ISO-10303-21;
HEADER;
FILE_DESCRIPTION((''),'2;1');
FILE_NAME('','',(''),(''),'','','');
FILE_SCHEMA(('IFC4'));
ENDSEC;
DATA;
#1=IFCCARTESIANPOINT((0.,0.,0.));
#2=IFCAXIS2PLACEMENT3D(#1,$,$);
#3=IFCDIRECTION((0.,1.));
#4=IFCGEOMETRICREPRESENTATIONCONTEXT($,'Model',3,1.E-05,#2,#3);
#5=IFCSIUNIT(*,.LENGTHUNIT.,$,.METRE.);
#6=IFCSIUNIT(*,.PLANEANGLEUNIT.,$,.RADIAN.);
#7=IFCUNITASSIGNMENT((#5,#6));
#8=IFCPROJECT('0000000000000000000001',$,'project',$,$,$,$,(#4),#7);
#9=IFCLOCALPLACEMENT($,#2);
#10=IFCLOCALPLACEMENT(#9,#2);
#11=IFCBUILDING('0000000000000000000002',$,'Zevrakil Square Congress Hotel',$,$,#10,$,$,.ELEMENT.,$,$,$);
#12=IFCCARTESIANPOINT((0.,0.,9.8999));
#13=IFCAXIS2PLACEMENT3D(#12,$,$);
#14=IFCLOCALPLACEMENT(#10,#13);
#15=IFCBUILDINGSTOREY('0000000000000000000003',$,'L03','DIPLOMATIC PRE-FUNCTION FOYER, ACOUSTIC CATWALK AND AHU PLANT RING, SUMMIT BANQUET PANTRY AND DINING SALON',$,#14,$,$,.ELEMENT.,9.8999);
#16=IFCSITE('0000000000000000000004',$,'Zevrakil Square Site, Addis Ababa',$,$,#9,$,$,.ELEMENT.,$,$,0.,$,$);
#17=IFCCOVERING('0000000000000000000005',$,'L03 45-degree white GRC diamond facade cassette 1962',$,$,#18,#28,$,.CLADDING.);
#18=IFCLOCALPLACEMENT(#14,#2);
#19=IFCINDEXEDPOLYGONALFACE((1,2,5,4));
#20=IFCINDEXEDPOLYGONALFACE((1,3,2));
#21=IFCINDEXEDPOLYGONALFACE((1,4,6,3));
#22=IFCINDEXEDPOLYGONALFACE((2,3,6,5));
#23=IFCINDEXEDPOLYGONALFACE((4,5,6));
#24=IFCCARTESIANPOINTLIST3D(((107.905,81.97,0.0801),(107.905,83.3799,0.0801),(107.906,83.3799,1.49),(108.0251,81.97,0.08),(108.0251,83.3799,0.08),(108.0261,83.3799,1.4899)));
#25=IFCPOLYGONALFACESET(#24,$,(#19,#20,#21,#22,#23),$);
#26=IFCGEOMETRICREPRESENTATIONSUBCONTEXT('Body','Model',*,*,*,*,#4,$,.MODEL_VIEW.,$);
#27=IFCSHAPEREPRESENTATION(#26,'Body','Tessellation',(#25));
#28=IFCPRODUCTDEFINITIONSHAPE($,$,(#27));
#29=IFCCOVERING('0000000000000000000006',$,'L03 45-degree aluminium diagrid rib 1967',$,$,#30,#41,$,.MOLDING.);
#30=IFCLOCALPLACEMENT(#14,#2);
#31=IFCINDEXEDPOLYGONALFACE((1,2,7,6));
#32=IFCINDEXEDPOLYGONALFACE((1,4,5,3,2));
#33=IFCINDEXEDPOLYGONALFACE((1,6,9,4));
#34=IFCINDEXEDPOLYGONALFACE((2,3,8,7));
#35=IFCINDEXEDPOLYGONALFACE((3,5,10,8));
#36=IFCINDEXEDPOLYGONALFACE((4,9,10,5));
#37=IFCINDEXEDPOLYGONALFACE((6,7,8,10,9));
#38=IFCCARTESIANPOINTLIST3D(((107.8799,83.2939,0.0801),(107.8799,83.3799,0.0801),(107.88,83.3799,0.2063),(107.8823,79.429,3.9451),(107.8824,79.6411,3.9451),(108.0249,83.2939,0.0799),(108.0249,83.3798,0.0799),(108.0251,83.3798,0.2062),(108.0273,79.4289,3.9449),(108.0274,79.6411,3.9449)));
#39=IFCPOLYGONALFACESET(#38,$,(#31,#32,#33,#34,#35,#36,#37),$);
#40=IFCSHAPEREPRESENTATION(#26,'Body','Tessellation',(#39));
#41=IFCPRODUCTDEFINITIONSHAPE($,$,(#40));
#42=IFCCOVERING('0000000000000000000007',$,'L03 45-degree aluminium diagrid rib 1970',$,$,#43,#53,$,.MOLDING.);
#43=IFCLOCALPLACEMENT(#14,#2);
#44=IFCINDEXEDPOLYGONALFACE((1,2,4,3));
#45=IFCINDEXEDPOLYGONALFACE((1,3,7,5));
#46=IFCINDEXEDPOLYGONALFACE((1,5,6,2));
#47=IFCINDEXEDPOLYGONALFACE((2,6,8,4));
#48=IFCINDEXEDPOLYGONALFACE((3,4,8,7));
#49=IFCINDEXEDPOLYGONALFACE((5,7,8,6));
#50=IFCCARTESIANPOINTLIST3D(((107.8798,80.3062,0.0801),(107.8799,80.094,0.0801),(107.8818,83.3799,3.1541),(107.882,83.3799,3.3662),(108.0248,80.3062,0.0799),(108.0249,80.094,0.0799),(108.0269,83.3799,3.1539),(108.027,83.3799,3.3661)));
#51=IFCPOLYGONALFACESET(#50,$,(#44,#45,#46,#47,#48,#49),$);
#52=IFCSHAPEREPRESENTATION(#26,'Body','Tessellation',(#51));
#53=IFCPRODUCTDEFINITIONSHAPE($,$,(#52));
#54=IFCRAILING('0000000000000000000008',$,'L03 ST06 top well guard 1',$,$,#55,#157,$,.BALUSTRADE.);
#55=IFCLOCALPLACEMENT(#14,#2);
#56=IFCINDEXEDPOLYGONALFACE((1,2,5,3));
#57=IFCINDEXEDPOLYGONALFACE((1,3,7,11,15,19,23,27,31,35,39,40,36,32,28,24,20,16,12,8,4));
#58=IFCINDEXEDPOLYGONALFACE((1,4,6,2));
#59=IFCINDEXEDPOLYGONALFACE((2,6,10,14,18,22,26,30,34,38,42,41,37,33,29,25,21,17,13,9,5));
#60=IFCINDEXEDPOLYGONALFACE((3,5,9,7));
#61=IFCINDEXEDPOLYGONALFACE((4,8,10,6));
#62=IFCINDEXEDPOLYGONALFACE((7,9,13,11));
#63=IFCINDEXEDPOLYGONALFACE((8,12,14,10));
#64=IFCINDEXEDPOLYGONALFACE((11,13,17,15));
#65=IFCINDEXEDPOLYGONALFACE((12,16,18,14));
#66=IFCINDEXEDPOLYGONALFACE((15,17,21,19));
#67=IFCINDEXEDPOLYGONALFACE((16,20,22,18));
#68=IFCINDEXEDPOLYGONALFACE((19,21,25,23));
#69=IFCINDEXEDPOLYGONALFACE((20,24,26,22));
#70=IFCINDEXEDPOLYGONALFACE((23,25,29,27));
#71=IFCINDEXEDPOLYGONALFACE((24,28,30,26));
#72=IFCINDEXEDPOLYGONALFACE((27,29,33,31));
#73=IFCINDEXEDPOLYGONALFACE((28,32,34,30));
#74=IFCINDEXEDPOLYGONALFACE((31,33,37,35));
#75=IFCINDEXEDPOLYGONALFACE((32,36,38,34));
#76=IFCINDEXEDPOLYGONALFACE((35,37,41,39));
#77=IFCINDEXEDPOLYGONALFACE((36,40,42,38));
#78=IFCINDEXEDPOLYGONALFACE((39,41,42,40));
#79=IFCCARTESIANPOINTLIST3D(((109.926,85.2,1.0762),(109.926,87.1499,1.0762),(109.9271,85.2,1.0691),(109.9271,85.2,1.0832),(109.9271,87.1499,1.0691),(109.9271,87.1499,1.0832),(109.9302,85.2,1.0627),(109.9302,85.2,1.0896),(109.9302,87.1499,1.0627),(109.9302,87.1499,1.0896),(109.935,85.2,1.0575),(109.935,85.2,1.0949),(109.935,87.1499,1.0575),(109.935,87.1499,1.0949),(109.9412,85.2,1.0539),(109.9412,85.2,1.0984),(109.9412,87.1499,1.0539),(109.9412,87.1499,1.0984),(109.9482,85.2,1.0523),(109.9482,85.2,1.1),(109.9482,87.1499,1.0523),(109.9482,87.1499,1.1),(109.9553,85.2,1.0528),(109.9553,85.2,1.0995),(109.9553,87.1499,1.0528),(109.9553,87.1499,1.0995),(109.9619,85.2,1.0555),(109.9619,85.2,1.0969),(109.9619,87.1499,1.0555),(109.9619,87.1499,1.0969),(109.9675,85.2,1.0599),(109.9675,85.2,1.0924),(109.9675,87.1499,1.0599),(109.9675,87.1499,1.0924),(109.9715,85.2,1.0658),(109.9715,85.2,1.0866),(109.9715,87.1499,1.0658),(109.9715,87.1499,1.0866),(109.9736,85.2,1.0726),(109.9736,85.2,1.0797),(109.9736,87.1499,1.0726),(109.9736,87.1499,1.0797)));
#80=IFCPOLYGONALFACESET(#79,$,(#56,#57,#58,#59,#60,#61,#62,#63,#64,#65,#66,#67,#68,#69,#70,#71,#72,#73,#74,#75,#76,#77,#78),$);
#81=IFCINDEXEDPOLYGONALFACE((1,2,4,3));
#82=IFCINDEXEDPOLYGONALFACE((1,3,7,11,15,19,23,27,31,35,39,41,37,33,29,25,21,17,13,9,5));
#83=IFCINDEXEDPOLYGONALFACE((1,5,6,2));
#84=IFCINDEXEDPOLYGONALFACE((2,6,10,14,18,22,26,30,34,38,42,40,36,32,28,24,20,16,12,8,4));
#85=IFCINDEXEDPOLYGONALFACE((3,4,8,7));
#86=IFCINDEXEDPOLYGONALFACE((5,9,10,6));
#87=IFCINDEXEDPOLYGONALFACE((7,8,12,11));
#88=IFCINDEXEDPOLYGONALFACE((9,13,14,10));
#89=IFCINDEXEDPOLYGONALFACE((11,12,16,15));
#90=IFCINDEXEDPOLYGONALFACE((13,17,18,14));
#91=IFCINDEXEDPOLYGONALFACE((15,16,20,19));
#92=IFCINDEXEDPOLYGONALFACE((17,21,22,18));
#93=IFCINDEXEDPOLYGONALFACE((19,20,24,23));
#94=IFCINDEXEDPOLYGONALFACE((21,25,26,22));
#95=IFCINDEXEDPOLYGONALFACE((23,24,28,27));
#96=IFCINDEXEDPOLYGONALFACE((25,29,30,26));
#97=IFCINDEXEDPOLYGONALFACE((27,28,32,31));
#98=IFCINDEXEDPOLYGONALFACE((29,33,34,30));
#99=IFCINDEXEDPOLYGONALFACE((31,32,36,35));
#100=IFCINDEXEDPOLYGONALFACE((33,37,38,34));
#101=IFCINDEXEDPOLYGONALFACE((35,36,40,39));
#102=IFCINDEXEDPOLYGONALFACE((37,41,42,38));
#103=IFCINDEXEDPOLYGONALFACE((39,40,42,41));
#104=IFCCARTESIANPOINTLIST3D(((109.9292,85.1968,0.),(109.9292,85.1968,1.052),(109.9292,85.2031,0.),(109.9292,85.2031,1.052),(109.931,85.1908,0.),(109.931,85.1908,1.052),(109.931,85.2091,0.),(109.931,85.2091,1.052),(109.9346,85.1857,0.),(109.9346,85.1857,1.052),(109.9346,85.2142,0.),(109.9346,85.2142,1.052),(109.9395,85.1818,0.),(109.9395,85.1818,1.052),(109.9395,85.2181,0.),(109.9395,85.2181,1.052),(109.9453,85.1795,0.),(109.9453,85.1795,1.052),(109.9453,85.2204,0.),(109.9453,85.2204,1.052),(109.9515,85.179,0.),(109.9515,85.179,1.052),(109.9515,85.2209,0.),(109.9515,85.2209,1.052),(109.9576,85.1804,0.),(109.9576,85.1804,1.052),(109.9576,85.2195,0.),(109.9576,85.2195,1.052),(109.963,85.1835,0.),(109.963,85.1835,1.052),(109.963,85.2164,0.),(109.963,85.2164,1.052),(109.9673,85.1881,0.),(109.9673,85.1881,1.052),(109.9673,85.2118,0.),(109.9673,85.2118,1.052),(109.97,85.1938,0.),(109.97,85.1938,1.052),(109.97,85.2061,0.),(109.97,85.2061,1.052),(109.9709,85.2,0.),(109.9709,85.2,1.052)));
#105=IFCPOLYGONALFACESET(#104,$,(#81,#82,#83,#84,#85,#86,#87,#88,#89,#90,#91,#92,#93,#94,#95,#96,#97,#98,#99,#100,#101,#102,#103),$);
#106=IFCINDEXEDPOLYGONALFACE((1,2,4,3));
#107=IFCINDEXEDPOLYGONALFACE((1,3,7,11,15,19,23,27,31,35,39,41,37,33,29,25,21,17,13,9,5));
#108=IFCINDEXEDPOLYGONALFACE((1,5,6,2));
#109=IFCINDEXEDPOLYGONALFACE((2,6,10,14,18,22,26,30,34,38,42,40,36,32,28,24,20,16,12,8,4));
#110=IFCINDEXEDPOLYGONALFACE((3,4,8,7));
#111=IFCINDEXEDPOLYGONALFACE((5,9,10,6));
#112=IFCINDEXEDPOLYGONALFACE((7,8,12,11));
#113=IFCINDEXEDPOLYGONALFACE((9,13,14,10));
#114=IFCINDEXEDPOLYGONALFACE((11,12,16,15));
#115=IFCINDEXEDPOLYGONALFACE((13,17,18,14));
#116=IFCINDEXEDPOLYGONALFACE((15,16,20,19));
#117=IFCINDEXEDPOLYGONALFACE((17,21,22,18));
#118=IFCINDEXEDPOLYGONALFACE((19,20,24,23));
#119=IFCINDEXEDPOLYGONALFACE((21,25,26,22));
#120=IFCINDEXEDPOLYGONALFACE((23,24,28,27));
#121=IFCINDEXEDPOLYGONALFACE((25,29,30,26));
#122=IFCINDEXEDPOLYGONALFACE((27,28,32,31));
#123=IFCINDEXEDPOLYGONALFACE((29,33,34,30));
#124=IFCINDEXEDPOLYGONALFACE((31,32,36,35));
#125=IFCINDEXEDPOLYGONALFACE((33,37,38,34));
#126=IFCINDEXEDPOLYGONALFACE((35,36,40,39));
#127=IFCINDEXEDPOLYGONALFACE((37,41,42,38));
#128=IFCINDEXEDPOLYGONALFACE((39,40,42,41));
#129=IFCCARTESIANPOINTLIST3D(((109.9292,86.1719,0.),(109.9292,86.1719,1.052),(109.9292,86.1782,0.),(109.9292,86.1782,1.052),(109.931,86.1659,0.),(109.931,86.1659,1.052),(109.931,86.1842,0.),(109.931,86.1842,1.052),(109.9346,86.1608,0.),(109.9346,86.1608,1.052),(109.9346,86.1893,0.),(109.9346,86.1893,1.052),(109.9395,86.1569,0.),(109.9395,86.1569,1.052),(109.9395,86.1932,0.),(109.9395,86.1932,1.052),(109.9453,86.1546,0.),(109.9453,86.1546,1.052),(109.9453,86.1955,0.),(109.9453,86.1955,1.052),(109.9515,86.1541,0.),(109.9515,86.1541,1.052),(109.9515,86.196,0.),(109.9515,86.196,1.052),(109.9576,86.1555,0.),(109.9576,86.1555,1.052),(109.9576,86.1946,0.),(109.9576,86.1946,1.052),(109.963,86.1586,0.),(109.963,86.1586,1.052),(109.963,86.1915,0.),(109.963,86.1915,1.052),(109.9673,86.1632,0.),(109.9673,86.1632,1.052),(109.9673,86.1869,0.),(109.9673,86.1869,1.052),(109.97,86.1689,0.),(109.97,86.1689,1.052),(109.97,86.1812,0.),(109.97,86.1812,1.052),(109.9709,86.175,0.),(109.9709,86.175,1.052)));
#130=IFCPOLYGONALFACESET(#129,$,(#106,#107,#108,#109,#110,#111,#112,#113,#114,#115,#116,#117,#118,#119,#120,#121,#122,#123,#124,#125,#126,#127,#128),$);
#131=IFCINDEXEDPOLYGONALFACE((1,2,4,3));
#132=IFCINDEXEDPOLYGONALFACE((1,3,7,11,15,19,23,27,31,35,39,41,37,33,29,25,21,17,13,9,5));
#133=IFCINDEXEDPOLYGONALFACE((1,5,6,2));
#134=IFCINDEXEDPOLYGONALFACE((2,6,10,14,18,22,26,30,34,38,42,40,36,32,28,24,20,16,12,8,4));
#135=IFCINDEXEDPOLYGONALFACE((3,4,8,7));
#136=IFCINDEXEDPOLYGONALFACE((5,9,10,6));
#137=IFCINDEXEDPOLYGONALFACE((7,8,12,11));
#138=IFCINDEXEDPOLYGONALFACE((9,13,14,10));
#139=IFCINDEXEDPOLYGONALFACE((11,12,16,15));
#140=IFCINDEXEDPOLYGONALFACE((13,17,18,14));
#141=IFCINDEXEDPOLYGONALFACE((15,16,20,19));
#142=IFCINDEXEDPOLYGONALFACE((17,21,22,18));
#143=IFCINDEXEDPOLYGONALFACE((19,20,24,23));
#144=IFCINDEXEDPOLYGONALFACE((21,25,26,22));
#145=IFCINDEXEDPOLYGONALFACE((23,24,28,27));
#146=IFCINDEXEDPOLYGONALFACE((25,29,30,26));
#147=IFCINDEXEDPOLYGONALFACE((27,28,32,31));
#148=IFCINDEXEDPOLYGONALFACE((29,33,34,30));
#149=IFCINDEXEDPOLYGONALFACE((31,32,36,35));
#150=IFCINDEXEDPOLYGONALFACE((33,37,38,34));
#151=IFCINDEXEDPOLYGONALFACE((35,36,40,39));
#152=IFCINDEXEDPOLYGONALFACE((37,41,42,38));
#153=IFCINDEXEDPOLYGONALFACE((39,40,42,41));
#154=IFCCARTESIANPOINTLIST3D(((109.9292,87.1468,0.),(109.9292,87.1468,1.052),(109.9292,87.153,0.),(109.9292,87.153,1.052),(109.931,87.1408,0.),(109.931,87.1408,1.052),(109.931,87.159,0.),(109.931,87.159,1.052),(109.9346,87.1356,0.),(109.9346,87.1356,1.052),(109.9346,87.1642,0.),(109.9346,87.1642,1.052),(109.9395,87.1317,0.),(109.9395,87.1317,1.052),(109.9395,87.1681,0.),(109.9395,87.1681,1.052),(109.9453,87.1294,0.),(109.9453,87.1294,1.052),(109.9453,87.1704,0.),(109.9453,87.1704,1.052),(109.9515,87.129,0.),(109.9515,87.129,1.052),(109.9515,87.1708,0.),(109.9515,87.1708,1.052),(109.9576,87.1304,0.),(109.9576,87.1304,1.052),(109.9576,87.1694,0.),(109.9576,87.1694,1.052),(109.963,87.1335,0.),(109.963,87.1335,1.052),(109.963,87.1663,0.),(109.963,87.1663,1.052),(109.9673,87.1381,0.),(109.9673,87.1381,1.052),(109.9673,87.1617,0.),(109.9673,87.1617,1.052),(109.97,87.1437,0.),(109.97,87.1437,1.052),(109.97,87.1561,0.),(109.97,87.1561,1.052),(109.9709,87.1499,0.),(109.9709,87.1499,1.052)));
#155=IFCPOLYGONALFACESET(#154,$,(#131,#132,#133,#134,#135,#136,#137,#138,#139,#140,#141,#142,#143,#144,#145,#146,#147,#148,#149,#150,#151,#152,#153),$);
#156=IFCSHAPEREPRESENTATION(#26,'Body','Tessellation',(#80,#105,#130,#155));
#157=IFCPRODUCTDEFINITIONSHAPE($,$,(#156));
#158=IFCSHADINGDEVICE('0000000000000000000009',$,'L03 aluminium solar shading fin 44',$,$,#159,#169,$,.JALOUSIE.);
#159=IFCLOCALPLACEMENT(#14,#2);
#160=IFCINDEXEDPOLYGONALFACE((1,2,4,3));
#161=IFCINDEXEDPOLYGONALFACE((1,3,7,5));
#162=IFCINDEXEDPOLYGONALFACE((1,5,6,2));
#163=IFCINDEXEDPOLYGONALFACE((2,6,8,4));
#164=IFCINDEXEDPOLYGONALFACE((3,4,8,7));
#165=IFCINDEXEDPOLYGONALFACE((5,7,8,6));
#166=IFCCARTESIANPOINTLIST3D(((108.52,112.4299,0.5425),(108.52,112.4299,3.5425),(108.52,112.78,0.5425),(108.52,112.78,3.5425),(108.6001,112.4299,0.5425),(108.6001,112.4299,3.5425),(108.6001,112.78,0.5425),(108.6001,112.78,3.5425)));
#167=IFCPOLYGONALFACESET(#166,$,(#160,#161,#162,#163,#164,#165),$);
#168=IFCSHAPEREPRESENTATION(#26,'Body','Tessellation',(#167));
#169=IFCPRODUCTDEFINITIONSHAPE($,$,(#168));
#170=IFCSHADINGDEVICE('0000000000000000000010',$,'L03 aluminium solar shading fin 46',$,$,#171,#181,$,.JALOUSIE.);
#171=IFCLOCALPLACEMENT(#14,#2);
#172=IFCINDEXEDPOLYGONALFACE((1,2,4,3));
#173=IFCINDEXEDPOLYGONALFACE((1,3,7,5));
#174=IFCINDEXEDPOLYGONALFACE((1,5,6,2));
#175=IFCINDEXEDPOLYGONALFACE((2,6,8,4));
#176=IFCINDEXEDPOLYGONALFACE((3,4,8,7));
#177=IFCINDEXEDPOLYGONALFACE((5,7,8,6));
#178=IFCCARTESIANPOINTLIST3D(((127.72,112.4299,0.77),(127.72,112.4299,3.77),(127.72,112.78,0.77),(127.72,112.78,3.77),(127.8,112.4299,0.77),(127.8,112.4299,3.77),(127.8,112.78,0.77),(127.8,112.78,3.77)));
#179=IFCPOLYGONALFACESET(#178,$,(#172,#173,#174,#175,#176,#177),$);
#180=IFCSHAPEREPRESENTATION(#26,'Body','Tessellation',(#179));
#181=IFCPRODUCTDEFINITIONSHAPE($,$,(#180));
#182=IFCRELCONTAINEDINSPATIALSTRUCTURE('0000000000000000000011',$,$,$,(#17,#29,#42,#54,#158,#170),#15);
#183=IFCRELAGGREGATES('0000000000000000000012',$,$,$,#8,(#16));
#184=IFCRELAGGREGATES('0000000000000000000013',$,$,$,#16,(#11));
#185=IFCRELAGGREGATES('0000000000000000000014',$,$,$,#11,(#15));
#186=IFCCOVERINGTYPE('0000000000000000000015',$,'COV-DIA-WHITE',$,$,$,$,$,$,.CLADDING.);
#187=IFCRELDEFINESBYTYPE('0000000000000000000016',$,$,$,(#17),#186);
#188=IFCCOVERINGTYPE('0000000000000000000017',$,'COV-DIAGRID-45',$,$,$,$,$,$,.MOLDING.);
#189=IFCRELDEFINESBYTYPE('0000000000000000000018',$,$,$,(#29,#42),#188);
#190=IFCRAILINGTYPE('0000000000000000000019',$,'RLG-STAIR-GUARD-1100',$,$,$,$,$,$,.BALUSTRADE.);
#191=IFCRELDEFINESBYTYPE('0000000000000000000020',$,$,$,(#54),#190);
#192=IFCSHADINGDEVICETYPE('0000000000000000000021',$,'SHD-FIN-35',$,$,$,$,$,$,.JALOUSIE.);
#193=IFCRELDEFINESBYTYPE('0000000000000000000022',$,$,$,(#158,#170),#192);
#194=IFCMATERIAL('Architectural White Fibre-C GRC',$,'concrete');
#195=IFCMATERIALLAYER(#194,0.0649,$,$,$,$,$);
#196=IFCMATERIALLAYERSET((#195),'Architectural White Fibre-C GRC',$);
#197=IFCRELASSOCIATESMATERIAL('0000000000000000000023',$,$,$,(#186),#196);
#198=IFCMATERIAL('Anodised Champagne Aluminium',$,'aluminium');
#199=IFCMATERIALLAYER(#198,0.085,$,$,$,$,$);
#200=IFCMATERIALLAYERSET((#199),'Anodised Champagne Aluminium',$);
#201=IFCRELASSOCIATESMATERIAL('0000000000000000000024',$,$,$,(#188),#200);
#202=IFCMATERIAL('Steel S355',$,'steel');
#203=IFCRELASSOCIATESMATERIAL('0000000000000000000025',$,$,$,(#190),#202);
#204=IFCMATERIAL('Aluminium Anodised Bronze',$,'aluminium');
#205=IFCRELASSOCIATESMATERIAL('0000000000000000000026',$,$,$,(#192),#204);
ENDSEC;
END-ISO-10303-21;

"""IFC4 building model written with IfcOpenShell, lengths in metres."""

from ifc_helpers import new_model, si_unit, direction, frame, origin, origin_2d, place, context, subcontext, project, spatial, polyline, rectangle, circle, outline, extrude, material, layer, layer_set, type_object, element, save


model = new_model("IFC4")

# Units and contexts
model_context = context("Model", 3, precision=1e-05, world=origin(), true_north=direction((0.0, 1.0)))
body_context = subcontext(model_context, "Body", "Model", "MODEL_VIEW")
ifc_project = project(units=[si_unit("LENGTHUNIT", "METRE"), si_unit("PLANEANGLEUNIT", "RADIAN")], contexts=[model_context])

# Site, building, storey
site_placement = place(None, origin())
site = spatial("IfcSite", under=ifc_project, at=site_placement, Name="Zevrakil Square Site, Addis Ababa", CompositionType="ELEMENT", RefElevation=0.0)
building_placement = place(site_placement, origin())
building = spatial("IfcBuilding", under=site, at=building_placement, Name="Zevrakil Square Congress Hotel", CompositionType="ELEMENT")
storey_placement = place(building_placement, frame((0.0, 0.0, 9.8999)))
storey = spatial("IfcBuildingStorey", under=building, at=storey_placement, Name="L03", Description="DIPLOMATIC PRE-FUNCTION FOYER, ACOUSTIC CATWALK AND AHU PLANT RING, SUMMIT BANQUET PANTRY AND DINING SALON", CompositionType="ELEMENT", Elevation=9.8999)

# Coverings
ifc_material_1 = material(Name="Architectural White Fibre-C GRC", Category="concrete")
ifc_layer_1 = layer(ifc_material_1, 0.0649)
ifc_layer_set_1 = layer_set([ifc_layer_1], Name="Architectural White Fibre-C GRC")
covering_type_1 = type_object("IfcCoveringType", Name="COV-DIA-WHITE", PredefinedType="CLADDING", material=ifc_layer_set_1)
covering_1_placement = place(storey_placement, frame((107.905, 81.97, 0.0801), z_axis=(-1.0, 0.0, 0.000693), x_axis=(0.0, 1.0, 0.0)))
element("IfcCovering", 1, at=covering_1_placement, inside=storey, type_object=covering_type_1, Name="L03 45-degree white GRC diamond facade cassette 1962", PredefinedType="CLADDING", context=body_context, shape_type="SweptSolid", body=[
    extrude(outline(polyline([(0.0, 0.0), (1.4099, 0.0), (1.4099, -1.4099), (0.0, 0.0)])), origin(), (0.0, 0.0, -1.0), 0.1201),
])
ifc_material_2 = material(Name="Anodised Champagne Aluminium", Category="aluminium")
ifc_layer_2 = layer(ifc_material_2, 0.085)
ifc_layer_set_2 = layer_set([ifc_layer_2], Name="Anodised Champagne Aluminium")
covering_type_2 = type_object("IfcCoveringType", Name="COV-DIAGRID-45", PredefinedType="MOLDING", material=ifc_layer_set_2)
covering_2_placement = place(storey_placement, frame((107.8799, 83.2939, 0.0801), z_axis=(-0.999999, 0.000391, 0.00101), x_axis=(0.000391, 1.0, 0.0)))
element("IfcCovering", 2, at=covering_2_placement, inside=storey, type_object=covering_type_2, Name="L03 45-degree aluminium diagrid rib 1967", PredefinedType="MOLDING", context=body_context, shape_type="SweptSolid", body=[
    extrude(outline(polyline([(0.0, 0.0), (0.0859, 0.0), (0.0859, -0.1262), (-3.6528, -3.865), (-3.865, -3.865), (0.0, 0.0)])), origin(), (0.0, 0.0, -1.0), 0.145),
])
covering_3_placement = place(storey_placement, frame((107.8818, 83.3799, 3.1541), z_axis=(-1.0, -0.000249, 0.000902), x_axis=(0.000902, 0.0, 1.0)))
element("IfcCovering", 3, at=covering_3_placement, inside=storey, type_object=covering_type_2, Name="L03 45-degree aluminium diagrid rib 1970", PredefinedType="MOLDING", context=body_context, shape_type="SweptSolid", body=[
    extrude(outline(polyline([(0.0, 0.0), (0.2122, 0.0), (-3.074, -3.2859), (-3.074, -3.0737), (0.0, 0.0)])), origin(), (0.0, 0.0, -1.0), 0.145),
])

# Railing
ifc_material_3 = material(Name="Steel S355", Category="steel")
railing_type = type_object("IfcRailingType", Name="RLG-STAIR-GUARD-1100", PredefinedType="BALUSTRADE", material=ifc_material_3)
railing_placement = place(storey_placement, frame((109.95, 85.2, 0.0)))
element("IfcRailing", 4, at=railing_placement, inside=storey, type_object=railing_type, Name="L03 ST06 top well guard 1", PredefinedType="BALUSTRADE", context=body_context, shape_type="SweptSolid", body=[
    extrude(circle(Radius=0.0239, at=origin_2d()), frame((0.0, 0.0, 1.0762), z_axis=(0.0, 1.0, 0.0), x_axis=(-1.0, 0.0, 0.0)), (0.0, 0.0, 1.0), 1.95),
    extrude(circle(Radius=0.021, at=origin_2d()), origin(), (0.0, 0.0, 1.0), 1.052),
    extrude(circle(Radius=0.021, at=origin_2d()), frame((0.0, 0.9751, 0.0)), (0.0, 0.0, 1.0), 1.052),
    extrude(circle(Radius=0.021, at=origin_2d()), frame((0.0, 1.95, 0.0)), (0.0, 0.0, 1.0), 1.052),
])

# Shading devices
ifc_material_4 = material(Name="Aluminium Anodised Bronze", Category="aluminium")
shading_device_type = type_object("IfcShadingDeviceType", Name="SHD-FIN-35", PredefinedType="JALOUSIE", material=ifc_material_4)
for number, where, z_axis, x_axis, name in (
    (5, (108.5601, 112.605, 0.5425), (0.0, 0.0, 1.0), (0.0, -1.0, 0.0), "L03 aluminium solar shading fin 44"),
    (6, (127.76, 112.605, 0.77), (0.0, 0.0, 1.0), (0.0, -1.0, 0.0), "L03 aluminium solar shading fin 46"),
):
    element("IfcShadingDevice", number, at=place(storey_placement, frame(where, z_axis=z_axis, x_axis=x_axis)), inside=storey, type_object=shading_device_type, Name=name, PredefinedType="JALOUSIE", context=body_context, shape_type="SweptSolid", body=[
        extrude(rectangle(XDim=0.3501, YDim=0.0801, at=origin_2d()), origin(), (0.0, 0.0, 1.0), 3.0),
    ])

save(model, "model.ifc")
